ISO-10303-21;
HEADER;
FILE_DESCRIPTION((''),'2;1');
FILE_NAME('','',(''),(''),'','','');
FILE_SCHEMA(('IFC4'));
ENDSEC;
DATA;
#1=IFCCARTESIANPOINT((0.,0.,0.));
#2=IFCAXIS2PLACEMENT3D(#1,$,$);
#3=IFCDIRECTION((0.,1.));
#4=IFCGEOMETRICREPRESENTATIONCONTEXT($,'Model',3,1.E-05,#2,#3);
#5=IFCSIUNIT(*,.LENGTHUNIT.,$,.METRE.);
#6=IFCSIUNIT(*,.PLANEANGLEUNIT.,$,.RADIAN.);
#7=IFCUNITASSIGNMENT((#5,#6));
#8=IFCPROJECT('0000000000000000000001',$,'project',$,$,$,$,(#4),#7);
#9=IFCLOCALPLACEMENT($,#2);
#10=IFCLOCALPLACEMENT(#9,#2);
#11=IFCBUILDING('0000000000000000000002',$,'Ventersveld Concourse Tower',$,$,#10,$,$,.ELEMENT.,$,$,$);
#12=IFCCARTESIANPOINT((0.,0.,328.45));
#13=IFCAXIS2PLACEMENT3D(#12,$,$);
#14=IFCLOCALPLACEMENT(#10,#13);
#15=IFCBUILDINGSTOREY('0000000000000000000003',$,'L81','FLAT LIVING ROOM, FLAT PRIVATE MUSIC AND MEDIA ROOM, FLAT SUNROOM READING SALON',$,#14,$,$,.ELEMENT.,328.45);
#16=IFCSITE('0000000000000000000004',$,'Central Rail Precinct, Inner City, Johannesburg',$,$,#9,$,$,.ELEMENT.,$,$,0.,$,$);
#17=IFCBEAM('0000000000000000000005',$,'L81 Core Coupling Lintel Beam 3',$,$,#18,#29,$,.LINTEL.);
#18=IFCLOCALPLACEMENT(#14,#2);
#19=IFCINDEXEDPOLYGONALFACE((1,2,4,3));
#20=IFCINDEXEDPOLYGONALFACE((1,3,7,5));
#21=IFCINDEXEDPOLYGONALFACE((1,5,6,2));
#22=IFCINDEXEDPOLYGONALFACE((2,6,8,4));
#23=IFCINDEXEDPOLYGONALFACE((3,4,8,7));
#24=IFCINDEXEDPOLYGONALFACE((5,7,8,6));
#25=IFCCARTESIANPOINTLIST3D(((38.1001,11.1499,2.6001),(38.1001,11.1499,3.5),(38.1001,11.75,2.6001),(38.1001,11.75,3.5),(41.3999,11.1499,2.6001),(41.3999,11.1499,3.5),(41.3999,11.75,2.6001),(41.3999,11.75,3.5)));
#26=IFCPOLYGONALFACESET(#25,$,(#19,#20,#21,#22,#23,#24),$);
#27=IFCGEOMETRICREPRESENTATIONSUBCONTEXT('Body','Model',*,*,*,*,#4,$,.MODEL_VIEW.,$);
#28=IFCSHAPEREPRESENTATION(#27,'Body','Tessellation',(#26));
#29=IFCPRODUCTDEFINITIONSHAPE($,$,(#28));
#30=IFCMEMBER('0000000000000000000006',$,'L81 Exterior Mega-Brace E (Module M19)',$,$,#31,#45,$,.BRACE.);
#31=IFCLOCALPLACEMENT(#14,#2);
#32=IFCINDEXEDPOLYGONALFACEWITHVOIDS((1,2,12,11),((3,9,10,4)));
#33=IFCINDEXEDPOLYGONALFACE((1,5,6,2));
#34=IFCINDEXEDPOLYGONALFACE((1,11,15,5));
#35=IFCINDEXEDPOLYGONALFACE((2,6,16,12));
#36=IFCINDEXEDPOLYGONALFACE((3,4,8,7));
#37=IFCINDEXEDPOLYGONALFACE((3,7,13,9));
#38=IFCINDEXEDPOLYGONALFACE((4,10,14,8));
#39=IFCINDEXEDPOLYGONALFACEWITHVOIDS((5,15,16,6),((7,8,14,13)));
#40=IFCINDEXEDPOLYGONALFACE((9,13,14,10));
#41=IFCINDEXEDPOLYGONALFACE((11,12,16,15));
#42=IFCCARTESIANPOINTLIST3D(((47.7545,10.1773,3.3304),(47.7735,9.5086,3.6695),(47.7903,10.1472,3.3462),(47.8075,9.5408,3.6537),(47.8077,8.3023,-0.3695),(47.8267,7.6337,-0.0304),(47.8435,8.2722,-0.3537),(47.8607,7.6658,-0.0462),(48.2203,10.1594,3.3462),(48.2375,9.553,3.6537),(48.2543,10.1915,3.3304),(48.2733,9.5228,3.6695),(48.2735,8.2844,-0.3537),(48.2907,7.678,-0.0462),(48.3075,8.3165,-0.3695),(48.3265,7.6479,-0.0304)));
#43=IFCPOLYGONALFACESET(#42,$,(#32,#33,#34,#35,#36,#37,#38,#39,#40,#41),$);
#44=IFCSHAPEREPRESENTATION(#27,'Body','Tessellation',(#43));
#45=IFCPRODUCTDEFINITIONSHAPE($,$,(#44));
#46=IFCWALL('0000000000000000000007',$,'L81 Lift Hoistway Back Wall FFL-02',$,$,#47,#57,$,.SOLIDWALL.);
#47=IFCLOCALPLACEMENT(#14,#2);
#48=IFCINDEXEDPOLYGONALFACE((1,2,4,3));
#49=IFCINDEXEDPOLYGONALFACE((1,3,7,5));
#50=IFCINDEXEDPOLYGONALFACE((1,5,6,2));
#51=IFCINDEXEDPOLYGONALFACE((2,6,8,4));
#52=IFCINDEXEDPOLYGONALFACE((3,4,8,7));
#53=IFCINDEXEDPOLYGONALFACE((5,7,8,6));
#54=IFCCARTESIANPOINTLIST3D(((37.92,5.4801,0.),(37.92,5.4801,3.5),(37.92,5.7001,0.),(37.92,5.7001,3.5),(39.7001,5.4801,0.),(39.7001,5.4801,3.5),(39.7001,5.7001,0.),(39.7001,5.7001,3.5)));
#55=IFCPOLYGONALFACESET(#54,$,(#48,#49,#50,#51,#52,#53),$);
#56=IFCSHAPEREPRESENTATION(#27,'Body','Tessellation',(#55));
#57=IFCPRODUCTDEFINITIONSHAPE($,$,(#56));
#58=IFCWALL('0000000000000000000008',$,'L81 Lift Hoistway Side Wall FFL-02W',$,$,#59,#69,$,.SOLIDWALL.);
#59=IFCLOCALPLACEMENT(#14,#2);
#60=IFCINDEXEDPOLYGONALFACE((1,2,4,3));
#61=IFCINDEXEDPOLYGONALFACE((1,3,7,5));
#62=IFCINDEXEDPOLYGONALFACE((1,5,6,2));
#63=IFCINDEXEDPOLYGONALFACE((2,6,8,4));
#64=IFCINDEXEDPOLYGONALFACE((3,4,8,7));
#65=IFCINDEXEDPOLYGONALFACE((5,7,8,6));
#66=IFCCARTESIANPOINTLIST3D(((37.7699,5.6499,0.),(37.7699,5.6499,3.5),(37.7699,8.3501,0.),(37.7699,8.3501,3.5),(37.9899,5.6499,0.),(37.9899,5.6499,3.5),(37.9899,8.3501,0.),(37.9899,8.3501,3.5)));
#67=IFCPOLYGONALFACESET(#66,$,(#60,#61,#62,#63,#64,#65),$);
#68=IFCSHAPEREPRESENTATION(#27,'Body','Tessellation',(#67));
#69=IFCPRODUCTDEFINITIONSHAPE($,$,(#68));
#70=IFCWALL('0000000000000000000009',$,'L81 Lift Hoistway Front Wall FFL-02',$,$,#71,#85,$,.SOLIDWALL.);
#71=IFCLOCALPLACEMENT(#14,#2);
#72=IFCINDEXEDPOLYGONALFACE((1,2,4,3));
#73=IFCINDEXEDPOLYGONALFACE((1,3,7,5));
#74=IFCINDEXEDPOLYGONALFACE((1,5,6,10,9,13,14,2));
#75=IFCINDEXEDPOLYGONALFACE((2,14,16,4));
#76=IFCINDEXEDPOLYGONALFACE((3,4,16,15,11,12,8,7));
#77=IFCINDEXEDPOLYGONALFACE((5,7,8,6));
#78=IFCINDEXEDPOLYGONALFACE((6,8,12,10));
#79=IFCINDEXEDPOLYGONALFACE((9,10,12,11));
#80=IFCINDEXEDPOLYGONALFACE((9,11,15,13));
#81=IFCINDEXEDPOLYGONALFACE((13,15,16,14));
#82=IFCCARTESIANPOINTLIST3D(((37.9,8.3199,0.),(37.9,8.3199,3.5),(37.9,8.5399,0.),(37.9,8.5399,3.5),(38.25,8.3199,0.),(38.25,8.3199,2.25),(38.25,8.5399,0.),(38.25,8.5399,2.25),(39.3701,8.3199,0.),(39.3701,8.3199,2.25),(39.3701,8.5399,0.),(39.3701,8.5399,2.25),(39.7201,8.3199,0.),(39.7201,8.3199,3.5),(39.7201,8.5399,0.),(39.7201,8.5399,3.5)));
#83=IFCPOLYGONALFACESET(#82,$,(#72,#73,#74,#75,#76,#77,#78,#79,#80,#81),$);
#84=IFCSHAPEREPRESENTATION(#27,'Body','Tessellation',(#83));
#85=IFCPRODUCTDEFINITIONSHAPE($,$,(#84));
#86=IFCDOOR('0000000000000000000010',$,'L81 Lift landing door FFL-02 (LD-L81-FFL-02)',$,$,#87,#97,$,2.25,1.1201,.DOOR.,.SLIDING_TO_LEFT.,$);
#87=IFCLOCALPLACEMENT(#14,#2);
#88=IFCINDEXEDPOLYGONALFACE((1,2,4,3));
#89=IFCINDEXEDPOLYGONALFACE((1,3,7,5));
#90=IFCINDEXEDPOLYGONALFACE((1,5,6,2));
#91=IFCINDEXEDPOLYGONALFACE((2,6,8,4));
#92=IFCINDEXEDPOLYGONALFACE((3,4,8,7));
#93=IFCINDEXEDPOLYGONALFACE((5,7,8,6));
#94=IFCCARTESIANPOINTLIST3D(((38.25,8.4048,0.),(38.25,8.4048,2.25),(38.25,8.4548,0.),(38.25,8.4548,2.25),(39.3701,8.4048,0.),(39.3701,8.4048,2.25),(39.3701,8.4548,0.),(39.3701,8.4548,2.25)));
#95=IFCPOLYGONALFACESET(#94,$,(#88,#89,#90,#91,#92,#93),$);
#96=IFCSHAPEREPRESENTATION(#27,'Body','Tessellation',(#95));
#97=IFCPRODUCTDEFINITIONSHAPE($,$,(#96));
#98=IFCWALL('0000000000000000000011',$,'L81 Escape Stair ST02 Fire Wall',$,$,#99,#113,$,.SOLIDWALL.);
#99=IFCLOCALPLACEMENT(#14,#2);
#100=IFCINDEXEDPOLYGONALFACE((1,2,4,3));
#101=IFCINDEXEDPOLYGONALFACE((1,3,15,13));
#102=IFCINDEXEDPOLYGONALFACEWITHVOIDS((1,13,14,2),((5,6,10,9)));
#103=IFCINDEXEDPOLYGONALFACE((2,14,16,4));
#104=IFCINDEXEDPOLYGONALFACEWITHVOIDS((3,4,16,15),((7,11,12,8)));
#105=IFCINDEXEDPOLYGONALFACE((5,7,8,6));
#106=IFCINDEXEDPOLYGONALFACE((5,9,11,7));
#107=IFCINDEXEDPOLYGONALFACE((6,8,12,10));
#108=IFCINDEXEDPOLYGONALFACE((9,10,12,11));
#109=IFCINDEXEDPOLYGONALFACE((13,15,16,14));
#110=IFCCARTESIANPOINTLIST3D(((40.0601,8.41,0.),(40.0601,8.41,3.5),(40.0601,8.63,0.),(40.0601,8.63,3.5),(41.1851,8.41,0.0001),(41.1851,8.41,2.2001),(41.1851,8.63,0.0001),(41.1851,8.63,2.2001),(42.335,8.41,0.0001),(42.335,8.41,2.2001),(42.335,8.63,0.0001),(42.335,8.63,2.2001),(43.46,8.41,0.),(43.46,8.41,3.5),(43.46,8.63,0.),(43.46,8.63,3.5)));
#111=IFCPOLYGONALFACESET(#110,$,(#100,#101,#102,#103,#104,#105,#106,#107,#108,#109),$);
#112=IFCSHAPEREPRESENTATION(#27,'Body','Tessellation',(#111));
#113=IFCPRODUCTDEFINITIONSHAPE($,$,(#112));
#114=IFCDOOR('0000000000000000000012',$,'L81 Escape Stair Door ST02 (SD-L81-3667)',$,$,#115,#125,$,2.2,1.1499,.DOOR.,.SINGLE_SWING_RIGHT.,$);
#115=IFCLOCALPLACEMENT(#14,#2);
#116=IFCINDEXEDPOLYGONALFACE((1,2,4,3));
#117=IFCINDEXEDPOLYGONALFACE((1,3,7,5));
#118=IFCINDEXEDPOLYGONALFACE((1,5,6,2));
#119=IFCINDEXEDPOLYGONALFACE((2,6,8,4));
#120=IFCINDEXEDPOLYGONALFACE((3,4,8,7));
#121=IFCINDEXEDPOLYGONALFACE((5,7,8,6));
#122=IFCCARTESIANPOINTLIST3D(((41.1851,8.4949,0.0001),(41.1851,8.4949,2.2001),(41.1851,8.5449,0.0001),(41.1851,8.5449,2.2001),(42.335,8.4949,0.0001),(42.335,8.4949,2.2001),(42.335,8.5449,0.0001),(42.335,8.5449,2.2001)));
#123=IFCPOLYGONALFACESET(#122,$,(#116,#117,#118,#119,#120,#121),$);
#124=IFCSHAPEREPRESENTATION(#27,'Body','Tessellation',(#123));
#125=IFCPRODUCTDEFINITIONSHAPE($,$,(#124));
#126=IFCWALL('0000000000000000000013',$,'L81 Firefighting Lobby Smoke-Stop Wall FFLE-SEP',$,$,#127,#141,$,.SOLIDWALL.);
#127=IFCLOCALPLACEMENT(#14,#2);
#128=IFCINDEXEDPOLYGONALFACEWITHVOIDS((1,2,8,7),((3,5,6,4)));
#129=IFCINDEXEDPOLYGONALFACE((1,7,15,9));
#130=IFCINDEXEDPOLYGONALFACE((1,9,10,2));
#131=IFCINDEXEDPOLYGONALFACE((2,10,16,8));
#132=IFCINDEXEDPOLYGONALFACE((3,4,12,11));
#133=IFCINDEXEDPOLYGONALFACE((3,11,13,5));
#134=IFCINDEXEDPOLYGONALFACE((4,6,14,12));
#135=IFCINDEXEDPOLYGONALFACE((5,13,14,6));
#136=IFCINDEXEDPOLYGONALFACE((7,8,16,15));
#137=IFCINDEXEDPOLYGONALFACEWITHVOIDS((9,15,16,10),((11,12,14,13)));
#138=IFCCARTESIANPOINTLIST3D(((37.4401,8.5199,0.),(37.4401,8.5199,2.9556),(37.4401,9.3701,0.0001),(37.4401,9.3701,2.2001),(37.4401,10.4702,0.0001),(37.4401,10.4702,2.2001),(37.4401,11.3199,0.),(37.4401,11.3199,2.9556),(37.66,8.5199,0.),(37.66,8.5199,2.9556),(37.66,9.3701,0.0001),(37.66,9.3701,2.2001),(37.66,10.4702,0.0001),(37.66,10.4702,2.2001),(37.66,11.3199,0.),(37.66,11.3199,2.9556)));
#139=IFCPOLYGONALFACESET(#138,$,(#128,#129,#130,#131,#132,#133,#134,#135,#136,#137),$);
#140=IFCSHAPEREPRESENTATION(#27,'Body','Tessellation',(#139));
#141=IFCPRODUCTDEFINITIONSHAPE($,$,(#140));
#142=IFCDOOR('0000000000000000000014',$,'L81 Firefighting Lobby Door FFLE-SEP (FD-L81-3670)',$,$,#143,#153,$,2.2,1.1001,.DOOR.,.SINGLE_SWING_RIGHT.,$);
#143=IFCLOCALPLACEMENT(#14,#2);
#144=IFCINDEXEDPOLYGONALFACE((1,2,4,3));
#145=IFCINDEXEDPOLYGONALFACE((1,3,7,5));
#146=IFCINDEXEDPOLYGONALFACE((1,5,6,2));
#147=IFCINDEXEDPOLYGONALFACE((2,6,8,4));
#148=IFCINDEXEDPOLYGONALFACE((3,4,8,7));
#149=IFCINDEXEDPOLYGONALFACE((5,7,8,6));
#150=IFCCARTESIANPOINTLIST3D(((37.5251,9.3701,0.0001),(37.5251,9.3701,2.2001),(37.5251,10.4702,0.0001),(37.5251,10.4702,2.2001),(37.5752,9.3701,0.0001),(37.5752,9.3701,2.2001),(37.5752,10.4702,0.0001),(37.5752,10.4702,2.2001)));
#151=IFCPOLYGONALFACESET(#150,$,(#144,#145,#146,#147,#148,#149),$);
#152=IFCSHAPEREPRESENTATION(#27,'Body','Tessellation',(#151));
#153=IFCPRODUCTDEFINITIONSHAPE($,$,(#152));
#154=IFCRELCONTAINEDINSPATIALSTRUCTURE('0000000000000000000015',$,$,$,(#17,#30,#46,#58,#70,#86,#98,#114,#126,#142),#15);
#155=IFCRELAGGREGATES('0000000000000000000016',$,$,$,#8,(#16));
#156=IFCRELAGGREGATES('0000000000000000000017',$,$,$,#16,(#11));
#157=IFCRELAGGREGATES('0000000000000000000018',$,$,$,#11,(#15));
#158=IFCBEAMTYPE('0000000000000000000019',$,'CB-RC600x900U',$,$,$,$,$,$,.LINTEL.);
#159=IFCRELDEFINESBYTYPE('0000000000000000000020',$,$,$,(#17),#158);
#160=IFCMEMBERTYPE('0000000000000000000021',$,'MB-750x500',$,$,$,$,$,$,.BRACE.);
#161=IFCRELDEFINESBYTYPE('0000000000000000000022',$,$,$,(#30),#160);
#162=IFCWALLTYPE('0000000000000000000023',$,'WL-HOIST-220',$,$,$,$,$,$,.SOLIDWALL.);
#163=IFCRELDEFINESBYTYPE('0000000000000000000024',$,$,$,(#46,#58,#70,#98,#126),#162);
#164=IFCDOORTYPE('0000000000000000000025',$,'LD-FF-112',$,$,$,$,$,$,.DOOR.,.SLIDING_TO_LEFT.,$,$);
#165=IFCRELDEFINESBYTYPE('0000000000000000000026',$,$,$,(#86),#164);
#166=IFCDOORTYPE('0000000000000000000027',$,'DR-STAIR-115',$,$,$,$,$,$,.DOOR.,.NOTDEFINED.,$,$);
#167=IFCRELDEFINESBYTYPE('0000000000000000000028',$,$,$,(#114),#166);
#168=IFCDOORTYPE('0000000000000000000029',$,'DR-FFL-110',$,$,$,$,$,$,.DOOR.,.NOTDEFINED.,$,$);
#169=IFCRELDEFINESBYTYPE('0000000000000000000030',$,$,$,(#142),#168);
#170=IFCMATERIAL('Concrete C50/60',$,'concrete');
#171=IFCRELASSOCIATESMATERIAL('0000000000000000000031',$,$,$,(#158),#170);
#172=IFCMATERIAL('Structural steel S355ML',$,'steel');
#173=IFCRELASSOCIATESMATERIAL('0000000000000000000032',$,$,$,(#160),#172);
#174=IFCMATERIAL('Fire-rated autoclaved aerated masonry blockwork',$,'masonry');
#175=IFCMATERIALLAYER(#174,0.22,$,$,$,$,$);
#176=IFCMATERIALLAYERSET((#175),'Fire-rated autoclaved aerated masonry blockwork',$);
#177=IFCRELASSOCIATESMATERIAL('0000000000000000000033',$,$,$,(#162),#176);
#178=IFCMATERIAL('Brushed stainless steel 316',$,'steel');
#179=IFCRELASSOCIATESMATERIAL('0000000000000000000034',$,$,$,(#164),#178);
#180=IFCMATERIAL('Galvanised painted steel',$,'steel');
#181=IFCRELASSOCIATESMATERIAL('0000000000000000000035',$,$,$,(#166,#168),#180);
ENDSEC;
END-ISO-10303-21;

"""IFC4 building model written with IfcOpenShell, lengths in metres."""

from ifc_helpers import new_model, si_unit, direction, frame, frame_2d, origin, origin_2d, place, context, subcontext, project, spatial, rectangle, hollow_rectangle, extrude, material, layer, layer_set, material_profile, profile_set, type_object, element, fill, save


model = new_model("IFC4")

# Units and contexts
model_context = context("Model", 3, precision=1e-05, world=origin(), true_north=direction((0.0, 1.0)))
body_context = subcontext(model_context, "Body", "Model", "MODEL_VIEW")
ifc_project = project(units=[si_unit("LENGTHUNIT", "METRE"), si_unit("PLANEANGLEUNIT", "RADIAN")], contexts=[model_context])

# Site, building, storey
site_placement = place(None, origin())
site = spatial("IfcSite", under=ifc_project, at=site_placement, Name="Central Rail Precinct, Inner City, Johannesburg", CompositionType="ELEMENT", RefElevation=0.0)
building_placement = place(site_placement, origin())
building = spatial("IfcBuilding", under=site, at=building_placement, Name="Ventersveld Concourse Tower", CompositionType="ELEMENT")
storey_placement = place(building_placement, frame((0.0, 0.0, 328.45)))
storey = spatial("IfcBuildingStorey", under=building, at=storey_placement, Name="L81", Description="FLAT LIVING ROOM, FLAT PRIVATE MUSIC AND MEDIA ROOM, FLAT SUNROOM READING SALON", CompositionType="ELEMENT", Elevation=328.45)

# Beam
ifc_material_1 = material(Name="Concrete C50/60", Category="concrete")
ifc_material_profile_1 = material_profile(ifc_material_1, rectangle(XDim=0.6001, YDim=0.8999, at=origin_2d()), Name="RC 600x900")
ifc_profile_set_1 = profile_set([ifc_material_profile_1], Name="Concrete C50/60")
beam_type = type_object("IfcBeamType", Name="CB-RC600x900U", PredefinedType="LINTEL", material=ifc_profile_set_1)
beam_placement = place(storey_placement, frame((38.1001, 11.45, 3.05), z_axis=(1.0, 0.0, 0.0), x_axis=(0.0, 1.0, 0.0)))
element("IfcBeam", 1, at=beam_placement, inside=storey, type_object=beam_type, Name="L81 Core Coupling Lintel Beam 3", PredefinedType="LINTEL", context=body_context, shape_type="SweptSolid", body=[
    extrude(rectangle(XDim=0.6001, YDim=0.8999, at=origin_2d()), origin(), (0.0, 0.0, 1.0), 3.2998),
])

# Member
ifc_material_2 = material(Name="Structural steel S355ML", Category="steel")
ifc_material_profile_2 = material_profile(ifc_material_2, hollow_rectangle(XDim=0.5, YDim=0.75, WallThickness=0.0349, at=origin_2d()), Name="BOX 750x500x35")
ifc_profile_set_2 = profile_set([ifc_material_profile_2], Name="Structural steel S355ML")
member_type = type_object("IfcMemberType", Name="MB-750x500", PredefinedType="BRACE", material=ifc_profile_set_2)
member_placement = place(storey_placement, frame((48.0671, 7.9751, -0.2), z_axis=(-0.01283, 0.451996, 0.891928), x_axis=(-0.999597, -0.028374, 0.0)))
element("IfcMember", 2, at=member_placement, inside=storey, type_object=member_type, Name="L81 Exterior Mega-Brace E (Module M19)", PredefinedType="BRACE", context=body_context, shape_type="SweptSolid", body=[
    extrude(hollow_rectangle(XDim=0.5, YDim=0.75, WallThickness=0.0349, at=origin_2d()), origin(), (0.0, 0.0, 1.0), 4.1482),
])

# Walls
ifc_material_3 = material(Name="Fire-rated autoclaved aerated masonry blockwork", Category="masonry")
ifc_layer = layer(ifc_material_3, 0.22)
ifc_layer_set = layer_set([ifc_layer], Name="Fire-rated autoclaved aerated masonry blockwork")
wall_type = type_object("IfcWallType", Name="WL-HOIST-220", PredefinedType="SOLIDWALL", material=ifc_layer_set)
wall_1_placement = place(storey_placement, frame((37.9199, 5.5901, 0.0), z_axis=(0.0, 0.0, 1.0), x_axis=(1.0, 0.0, 0.0)))
element("IfcWall", 3, at=wall_1_placement, inside=storey, type_object=wall_type, Name="L81 Lift Hoistway Back Wall FFL-02", PredefinedType="SOLIDWALL", context=body_context, shape_type="SweptSolid", body=[
    extrude(rectangle(XDim=1.78, YDim=0.22, at=frame_2d((0.8901, 0.0))), origin(), (0.0, 0.0, 1.0), 3.5),
])
wall_2_placement = place(storey_placement, frame((37.8799, 5.6499, 0.0), z_axis=(0.0, 0.0, 1.0), x_axis=(0.0, 1.0, 0.0)))
element("IfcWall", 4, at=wall_2_placement, inside=storey, type_object=wall_type, Name="L81 Lift Hoistway Side Wall FFL-02W", PredefinedType="SOLIDWALL", context=body_context, shape_type="SweptSolid", body=[
    extrude(rectangle(XDim=2.7002, YDim=0.22, at=frame_2d((1.3501, 0.0))), origin(), (0.0, 0.0, 1.0), 3.5),
])

# Walls, openings, doors
wall_3_placement = place(storey_placement, frame((37.8999, 8.4299, 0.0), z_axis=(0.0, 0.0, 1.0), x_axis=(1.0, 0.0, 0.0)))
wall_3 = element("IfcWall", 5, at=wall_3_placement, inside=storey, type_object=wall_type, Name="L81 Lift Hoistway Front Wall FFL-02", PredefinedType="SOLIDWALL", context=body_context, shape_type="SweptSolid", body=[
    extrude(rectangle(XDim=1.8201, YDim=0.22, at=frame_2d((0.9102, 0.0))), origin(), (0.0, 0.0, 1.0), 3.5),
])
opening_1_placement = place(wall_3_placement, frame((0.3501, 0.0, 0.0)))
opening_1 = element("IfcOpeningElement", 6, at=opening_1_placement, cuts=wall_3, PredefinedType="OPENING", context=body_context, shape_type="SweptSolid", body=[
    extrude(rectangle(XDim=1.1201, YDim=2.25, at=frame_2d((0.5601, 1.125))), frame((0.0, 0.1201, 0.0), z_axis=(0.0, -1.0, 0.0), x_axis=(1.0, 0.0, 0.0)), (0.0, 0.0, 1.0), 0.24),
])
ifc_material_4 = material(Name="Brushed stainless steel 316", Category="steel")
door_type_1 = type_object("IfcDoorType", Name="LD-FF-112", OperationType="SLIDING_TO_LEFT", PredefinedType="DOOR", material=ifc_material_4)
door_1_placement = place(opening_1_placement, origin())
door_1 = element("IfcDoor", 7, at=door_1_placement, inside=storey, type_object=door_type_1, Name="L81 Lift landing door FFL-02 (LD-L81-FFL-02)", OperationType="SLIDING_TO_LEFT", OverallHeight=2.25, OverallWidth=1.1201, PredefinedType="DOOR", context=body_context, shape_type="SweptSolid", body=[
    extrude(rectangle(XDim=1.1201, YDim=2.25, at=frame_2d((0.5601, 1.125))), frame((0.0, 0.0249, 0.0), z_axis=(0.0, -1.0, 0.0), x_axis=(1.0, 0.0, 0.0)), (0.0, 0.0, 1.0), 0.05),
])
fill(opening_1, door_1)
wall_4_placement = place(storey_placement, frame((40.0601, 8.52, 0.0), z_axis=(0.0, 0.0, 1.0), x_axis=(1.0, 0.0, 0.0)))
wall_4 = element("IfcWall", 8, at=wall_4_placement, inside=storey, type_object=wall_type, Name="L81 Escape Stair ST02 Fire Wall", PredefinedType="SOLIDWALL", context=body_context, shape_type="SweptSolid", body=[
    extrude(rectangle(XDim=3.3999, YDim=0.22, at=frame_2d((1.7, 0.0))), origin(), (0.0, 0.0, 1.0), 3.5),
])
opening_2_placement = place(wall_4_placement, frame((1.125, 0.0, 0.0)))
opening_2 = element("IfcOpeningElement", 9, at=opening_2_placement, cuts=wall_4, PredefinedType="OPENING", context=body_context, shape_type="SweptSolid", body=[
    extrude(rectangle(XDim=1.1499, YDim=2.2, at=frame_2d((0.575, 1.1001))), frame((0.0, 0.1201, 0.0), z_axis=(0.0, -1.0, 0.0), x_axis=(1.0, 0.0, 0.0)), (0.0, 0.0, 1.0), 0.24),
])
ifc_material_5 = material(Name="Galvanised painted steel", Category="steel")
door_type_2 = type_object("IfcDoorType", Name="DR-STAIR-115", OperationType="NOTDEFINED", PredefinedType="DOOR", material=ifc_material_5)
door_2_placement = place(opening_2_placement, origin())
door_2 = element("IfcDoor", 10, at=door_2_placement, inside=storey, type_object=door_type_2, Name="L81 Escape Stair Door ST02 (SD-L81-3667)", OperationType="SINGLE_SWING_RIGHT", OverallHeight=2.2, OverallWidth=1.1499, PredefinedType="DOOR", context=body_context, shape_type="SweptSolid", body=[
    extrude(rectangle(XDim=1.1499, YDim=2.2, at=frame_2d((0.575, 1.1001))), frame((0.0, 0.0249, 0.0), z_axis=(0.0, -1.0, 0.0), x_axis=(1.0, 0.0, 0.0)), (0.0, 0.0, 1.0), 0.05),
])
fill(opening_2, door_2)
wall_5_placement = place(storey_placement, frame((37.55, 8.52, 0.0), z_axis=(0.0, 0.0, 1.0), x_axis=(0.0, 1.0, 0.0)))
wall_5 = element("IfcWall", 11, at=wall_5_placement, inside=storey, type_object=wall_type, Name="L81 Firefighting Lobby Smoke-Stop Wall FFLE-SEP", PredefinedType="SOLIDWALL", context=body_context, shape_type="SweptSolid", body=[
    extrude(rectangle(XDim=2.8, YDim=0.22, at=frame_2d((1.3999, 0.0))), origin(), (0.0, 0.0, 1.0), 2.9556),
])
opening_3_placement = place(wall_5_placement, frame((0.8501, 0.0, 0.0)))
opening_3 = element("IfcOpeningElement", 12, at=opening_3_placement, cuts=wall_5, PredefinedType="OPENING", context=body_context, shape_type="SweptSolid", body=[
    extrude(rectangle(XDim=1.1001, YDim=2.2, at=frame_2d((0.55, 1.1001))), frame((0.0, 0.1201, 0.0), z_axis=(0.0, -1.0, 0.0), x_axis=(1.0, 0.0, 0.0)), (0.0, 0.0, 1.0), 0.24),
])
door_type_3 = type_object("IfcDoorType", Name="DR-FFL-110", OperationType="NOTDEFINED", PredefinedType="DOOR", material=ifc_material_5)
door_3_placement = place(opening_3_placement, origin())
door_3 = element("IfcDoor", 13, at=door_3_placement, inside=storey, type_object=door_type_3, Name="L81 Firefighting Lobby Door FFLE-SEP (FD-L81-3670)", OperationType="SINGLE_SWING_RIGHT", OverallHeight=2.2, OverallWidth=1.1001, PredefinedType="DOOR", context=body_context, shape_type="SweptSolid", body=[
    extrude(rectangle(XDim=1.1001, YDim=2.2, at=frame_2d((0.55, 1.1001))), frame((0.0, 0.0249, 0.0), z_axis=(0.0, -1.0, 0.0), x_axis=(1.0, 0.0, 0.0)), (0.0, 0.0, 1.0), 0.05),
])
fill(opening_3, door_3)

save(model, "model.ifc")
